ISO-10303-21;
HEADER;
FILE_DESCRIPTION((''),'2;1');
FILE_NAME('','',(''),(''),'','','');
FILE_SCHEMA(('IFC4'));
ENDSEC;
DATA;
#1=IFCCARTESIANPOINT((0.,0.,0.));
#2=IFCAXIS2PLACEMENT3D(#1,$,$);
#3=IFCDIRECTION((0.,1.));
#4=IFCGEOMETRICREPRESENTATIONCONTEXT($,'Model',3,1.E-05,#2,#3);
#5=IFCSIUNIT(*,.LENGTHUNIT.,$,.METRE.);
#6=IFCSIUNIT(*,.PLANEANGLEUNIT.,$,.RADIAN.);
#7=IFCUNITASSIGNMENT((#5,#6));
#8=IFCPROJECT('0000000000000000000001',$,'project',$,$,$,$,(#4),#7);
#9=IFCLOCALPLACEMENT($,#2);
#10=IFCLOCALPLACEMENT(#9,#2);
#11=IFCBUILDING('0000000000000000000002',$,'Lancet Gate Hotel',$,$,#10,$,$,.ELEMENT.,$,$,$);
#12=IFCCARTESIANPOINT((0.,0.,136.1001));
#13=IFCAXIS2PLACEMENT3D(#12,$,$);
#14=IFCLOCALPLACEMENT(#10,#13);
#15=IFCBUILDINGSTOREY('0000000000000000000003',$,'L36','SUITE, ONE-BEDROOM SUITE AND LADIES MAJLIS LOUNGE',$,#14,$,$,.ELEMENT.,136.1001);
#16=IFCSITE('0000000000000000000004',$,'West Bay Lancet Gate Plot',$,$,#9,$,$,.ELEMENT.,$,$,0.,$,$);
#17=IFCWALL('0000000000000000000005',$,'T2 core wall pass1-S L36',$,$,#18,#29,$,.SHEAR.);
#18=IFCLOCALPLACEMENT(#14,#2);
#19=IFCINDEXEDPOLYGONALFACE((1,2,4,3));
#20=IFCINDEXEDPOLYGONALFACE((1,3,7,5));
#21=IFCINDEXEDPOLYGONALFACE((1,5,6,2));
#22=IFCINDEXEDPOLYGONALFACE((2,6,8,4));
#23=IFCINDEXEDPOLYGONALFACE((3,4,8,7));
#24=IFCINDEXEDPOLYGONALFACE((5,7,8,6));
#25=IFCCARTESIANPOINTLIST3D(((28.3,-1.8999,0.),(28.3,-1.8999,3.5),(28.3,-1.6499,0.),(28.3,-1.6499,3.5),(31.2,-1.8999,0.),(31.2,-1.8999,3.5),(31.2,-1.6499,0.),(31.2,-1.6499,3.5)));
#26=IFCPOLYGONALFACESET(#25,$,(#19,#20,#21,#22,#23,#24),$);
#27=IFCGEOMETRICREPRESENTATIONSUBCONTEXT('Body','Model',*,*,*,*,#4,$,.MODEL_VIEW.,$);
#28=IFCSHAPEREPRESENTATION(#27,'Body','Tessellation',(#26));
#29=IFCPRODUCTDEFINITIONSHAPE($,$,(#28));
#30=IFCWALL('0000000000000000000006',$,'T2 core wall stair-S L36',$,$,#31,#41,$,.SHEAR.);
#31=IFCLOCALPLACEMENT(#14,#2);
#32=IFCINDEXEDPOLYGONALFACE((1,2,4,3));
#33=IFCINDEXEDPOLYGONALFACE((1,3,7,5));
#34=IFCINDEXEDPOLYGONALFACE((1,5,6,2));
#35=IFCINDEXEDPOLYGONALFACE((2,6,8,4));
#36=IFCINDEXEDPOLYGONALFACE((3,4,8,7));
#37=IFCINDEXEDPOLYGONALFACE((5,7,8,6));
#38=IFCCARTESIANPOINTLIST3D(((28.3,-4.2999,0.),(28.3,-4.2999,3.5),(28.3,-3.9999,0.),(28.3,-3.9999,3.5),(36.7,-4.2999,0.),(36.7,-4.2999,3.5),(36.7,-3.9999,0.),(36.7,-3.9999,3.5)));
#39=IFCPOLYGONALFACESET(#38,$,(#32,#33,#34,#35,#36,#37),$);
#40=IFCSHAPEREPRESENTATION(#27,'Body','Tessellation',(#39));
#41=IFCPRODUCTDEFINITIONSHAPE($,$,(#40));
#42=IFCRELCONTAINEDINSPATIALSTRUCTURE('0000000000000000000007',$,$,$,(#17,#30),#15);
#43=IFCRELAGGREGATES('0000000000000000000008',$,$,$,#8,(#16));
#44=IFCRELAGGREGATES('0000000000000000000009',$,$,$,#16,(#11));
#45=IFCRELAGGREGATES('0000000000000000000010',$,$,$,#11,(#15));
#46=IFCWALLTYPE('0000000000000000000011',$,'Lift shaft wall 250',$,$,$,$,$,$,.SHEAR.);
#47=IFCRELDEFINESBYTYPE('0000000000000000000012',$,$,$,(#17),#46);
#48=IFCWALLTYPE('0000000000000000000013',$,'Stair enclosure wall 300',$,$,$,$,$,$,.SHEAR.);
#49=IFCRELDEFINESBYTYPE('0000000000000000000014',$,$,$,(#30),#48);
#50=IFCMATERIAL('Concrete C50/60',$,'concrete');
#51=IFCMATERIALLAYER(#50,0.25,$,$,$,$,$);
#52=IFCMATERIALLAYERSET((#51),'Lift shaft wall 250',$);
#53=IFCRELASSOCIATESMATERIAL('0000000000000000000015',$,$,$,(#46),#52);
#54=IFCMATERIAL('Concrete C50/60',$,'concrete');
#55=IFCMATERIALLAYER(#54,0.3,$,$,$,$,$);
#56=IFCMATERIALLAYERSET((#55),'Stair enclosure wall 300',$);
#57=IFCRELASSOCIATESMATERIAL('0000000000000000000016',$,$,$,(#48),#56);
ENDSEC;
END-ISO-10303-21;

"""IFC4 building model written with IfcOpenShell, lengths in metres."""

from ifc_helpers import new_model, si_unit, direction, frame, frame_2d, origin, place, context, subcontext, project, spatial, rectangle, extrude, material, layer, layer_set, type_object, element, save


model = new_model("IFC4")

# Units and contexts
model_context = context("Model", 3, precision=1e-05, world=origin(), true_north=direction((0.0, 1.0)))
body_context = subcontext(model_context, "Body", "Model", "MODEL_VIEW")
ifc_project = project(units=[si_unit("LENGTHUNIT", "METRE"), si_unit("PLANEANGLEUNIT", "RADIAN")], contexts=[model_context])

# Site, building, storey
site_placement = place(None, origin())
site = spatial("IfcSite", under=ifc_project, at=site_placement, Name="West Bay Lancet Gate Plot", CompositionType="ELEMENT", RefElevation=0.0)
building_placement = place(site_placement, origin())
building = spatial("IfcBuilding", under=site, at=building_placement, Name="Lancet Gate Hotel", CompositionType="ELEMENT")
storey_placement = place(building_placement, frame((0.0, 0.0, 136.1001)))
storey = spatial("IfcBuildingStorey", under=building, at=storey_placement, Name="L36", Description="SUITE, ONE-BEDROOM SUITE AND LADIES MAJLIS LOUNGE", CompositionType="ELEMENT", Elevation=136.1001)

# Walls
ifc_material_1 = material(Name="Concrete C50/60", Category="concrete")
ifc_layer_1 = layer(ifc_material_1, 0.25)
ifc_layer_set_1 = layer_set([ifc_layer_1], Name="Lift shaft wall 250")
wall_type_1 = type_object("IfcWallType", Name="Lift shaft wall 250", PredefinedType="SHEAR", material=ifc_layer_set_1)
wall_1_placement = place(storey_placement, frame((28.3, -1.7749, 0.0), z_axis=(0.0, 0.0, 1.0), x_axis=(1.0, 0.0, 0.0)))
element("IfcWall", 1, at=wall_1_placement, inside=storey, type_object=wall_type_1, Name="T2 core wall pass1-S L36", PredefinedType="SHEAR", context=body_context, shape_type="SweptSolid", body=[
    extrude(rectangle(XDim=2.8999, YDim=0.25, at=frame_2d((1.45, 0.0))), origin(), (0.0, 0.0, 1.0), 3.5),
])
ifc_material_2 = material(Name="Concrete C50/60", Category="concrete")
ifc_layer_2 = layer(ifc_material_2, 0.3)
ifc_layer_set_2 = layer_set([ifc_layer_2], Name="Stair enclosure wall 300")
wall_type_2 = type_object("IfcWallType", Name="Stair enclosure wall 300", PredefinedType="SHEAR", material=ifc_layer_set_2)
wall_2_placement = place(storey_placement, frame((28.3, -4.1499, 0.0), z_axis=(0.0, 0.0, 1.0), x_axis=(1.0, 0.0, 0.0)))
element("IfcWall", 2, at=wall_2_placement, inside=storey, type_object=wall_type_2, Name="T2 core wall stair-S L36", PredefinedType="SHEAR", context=body_context, shape_type="SweptSolid", body=[
    extrude(rectangle(XDim=8.3999, YDim=0.3, at=frame_2d((4.2, 0.0))), origin(), (0.0, 0.0, 1.0), 3.5),
])

save(model, "model.ifc")
